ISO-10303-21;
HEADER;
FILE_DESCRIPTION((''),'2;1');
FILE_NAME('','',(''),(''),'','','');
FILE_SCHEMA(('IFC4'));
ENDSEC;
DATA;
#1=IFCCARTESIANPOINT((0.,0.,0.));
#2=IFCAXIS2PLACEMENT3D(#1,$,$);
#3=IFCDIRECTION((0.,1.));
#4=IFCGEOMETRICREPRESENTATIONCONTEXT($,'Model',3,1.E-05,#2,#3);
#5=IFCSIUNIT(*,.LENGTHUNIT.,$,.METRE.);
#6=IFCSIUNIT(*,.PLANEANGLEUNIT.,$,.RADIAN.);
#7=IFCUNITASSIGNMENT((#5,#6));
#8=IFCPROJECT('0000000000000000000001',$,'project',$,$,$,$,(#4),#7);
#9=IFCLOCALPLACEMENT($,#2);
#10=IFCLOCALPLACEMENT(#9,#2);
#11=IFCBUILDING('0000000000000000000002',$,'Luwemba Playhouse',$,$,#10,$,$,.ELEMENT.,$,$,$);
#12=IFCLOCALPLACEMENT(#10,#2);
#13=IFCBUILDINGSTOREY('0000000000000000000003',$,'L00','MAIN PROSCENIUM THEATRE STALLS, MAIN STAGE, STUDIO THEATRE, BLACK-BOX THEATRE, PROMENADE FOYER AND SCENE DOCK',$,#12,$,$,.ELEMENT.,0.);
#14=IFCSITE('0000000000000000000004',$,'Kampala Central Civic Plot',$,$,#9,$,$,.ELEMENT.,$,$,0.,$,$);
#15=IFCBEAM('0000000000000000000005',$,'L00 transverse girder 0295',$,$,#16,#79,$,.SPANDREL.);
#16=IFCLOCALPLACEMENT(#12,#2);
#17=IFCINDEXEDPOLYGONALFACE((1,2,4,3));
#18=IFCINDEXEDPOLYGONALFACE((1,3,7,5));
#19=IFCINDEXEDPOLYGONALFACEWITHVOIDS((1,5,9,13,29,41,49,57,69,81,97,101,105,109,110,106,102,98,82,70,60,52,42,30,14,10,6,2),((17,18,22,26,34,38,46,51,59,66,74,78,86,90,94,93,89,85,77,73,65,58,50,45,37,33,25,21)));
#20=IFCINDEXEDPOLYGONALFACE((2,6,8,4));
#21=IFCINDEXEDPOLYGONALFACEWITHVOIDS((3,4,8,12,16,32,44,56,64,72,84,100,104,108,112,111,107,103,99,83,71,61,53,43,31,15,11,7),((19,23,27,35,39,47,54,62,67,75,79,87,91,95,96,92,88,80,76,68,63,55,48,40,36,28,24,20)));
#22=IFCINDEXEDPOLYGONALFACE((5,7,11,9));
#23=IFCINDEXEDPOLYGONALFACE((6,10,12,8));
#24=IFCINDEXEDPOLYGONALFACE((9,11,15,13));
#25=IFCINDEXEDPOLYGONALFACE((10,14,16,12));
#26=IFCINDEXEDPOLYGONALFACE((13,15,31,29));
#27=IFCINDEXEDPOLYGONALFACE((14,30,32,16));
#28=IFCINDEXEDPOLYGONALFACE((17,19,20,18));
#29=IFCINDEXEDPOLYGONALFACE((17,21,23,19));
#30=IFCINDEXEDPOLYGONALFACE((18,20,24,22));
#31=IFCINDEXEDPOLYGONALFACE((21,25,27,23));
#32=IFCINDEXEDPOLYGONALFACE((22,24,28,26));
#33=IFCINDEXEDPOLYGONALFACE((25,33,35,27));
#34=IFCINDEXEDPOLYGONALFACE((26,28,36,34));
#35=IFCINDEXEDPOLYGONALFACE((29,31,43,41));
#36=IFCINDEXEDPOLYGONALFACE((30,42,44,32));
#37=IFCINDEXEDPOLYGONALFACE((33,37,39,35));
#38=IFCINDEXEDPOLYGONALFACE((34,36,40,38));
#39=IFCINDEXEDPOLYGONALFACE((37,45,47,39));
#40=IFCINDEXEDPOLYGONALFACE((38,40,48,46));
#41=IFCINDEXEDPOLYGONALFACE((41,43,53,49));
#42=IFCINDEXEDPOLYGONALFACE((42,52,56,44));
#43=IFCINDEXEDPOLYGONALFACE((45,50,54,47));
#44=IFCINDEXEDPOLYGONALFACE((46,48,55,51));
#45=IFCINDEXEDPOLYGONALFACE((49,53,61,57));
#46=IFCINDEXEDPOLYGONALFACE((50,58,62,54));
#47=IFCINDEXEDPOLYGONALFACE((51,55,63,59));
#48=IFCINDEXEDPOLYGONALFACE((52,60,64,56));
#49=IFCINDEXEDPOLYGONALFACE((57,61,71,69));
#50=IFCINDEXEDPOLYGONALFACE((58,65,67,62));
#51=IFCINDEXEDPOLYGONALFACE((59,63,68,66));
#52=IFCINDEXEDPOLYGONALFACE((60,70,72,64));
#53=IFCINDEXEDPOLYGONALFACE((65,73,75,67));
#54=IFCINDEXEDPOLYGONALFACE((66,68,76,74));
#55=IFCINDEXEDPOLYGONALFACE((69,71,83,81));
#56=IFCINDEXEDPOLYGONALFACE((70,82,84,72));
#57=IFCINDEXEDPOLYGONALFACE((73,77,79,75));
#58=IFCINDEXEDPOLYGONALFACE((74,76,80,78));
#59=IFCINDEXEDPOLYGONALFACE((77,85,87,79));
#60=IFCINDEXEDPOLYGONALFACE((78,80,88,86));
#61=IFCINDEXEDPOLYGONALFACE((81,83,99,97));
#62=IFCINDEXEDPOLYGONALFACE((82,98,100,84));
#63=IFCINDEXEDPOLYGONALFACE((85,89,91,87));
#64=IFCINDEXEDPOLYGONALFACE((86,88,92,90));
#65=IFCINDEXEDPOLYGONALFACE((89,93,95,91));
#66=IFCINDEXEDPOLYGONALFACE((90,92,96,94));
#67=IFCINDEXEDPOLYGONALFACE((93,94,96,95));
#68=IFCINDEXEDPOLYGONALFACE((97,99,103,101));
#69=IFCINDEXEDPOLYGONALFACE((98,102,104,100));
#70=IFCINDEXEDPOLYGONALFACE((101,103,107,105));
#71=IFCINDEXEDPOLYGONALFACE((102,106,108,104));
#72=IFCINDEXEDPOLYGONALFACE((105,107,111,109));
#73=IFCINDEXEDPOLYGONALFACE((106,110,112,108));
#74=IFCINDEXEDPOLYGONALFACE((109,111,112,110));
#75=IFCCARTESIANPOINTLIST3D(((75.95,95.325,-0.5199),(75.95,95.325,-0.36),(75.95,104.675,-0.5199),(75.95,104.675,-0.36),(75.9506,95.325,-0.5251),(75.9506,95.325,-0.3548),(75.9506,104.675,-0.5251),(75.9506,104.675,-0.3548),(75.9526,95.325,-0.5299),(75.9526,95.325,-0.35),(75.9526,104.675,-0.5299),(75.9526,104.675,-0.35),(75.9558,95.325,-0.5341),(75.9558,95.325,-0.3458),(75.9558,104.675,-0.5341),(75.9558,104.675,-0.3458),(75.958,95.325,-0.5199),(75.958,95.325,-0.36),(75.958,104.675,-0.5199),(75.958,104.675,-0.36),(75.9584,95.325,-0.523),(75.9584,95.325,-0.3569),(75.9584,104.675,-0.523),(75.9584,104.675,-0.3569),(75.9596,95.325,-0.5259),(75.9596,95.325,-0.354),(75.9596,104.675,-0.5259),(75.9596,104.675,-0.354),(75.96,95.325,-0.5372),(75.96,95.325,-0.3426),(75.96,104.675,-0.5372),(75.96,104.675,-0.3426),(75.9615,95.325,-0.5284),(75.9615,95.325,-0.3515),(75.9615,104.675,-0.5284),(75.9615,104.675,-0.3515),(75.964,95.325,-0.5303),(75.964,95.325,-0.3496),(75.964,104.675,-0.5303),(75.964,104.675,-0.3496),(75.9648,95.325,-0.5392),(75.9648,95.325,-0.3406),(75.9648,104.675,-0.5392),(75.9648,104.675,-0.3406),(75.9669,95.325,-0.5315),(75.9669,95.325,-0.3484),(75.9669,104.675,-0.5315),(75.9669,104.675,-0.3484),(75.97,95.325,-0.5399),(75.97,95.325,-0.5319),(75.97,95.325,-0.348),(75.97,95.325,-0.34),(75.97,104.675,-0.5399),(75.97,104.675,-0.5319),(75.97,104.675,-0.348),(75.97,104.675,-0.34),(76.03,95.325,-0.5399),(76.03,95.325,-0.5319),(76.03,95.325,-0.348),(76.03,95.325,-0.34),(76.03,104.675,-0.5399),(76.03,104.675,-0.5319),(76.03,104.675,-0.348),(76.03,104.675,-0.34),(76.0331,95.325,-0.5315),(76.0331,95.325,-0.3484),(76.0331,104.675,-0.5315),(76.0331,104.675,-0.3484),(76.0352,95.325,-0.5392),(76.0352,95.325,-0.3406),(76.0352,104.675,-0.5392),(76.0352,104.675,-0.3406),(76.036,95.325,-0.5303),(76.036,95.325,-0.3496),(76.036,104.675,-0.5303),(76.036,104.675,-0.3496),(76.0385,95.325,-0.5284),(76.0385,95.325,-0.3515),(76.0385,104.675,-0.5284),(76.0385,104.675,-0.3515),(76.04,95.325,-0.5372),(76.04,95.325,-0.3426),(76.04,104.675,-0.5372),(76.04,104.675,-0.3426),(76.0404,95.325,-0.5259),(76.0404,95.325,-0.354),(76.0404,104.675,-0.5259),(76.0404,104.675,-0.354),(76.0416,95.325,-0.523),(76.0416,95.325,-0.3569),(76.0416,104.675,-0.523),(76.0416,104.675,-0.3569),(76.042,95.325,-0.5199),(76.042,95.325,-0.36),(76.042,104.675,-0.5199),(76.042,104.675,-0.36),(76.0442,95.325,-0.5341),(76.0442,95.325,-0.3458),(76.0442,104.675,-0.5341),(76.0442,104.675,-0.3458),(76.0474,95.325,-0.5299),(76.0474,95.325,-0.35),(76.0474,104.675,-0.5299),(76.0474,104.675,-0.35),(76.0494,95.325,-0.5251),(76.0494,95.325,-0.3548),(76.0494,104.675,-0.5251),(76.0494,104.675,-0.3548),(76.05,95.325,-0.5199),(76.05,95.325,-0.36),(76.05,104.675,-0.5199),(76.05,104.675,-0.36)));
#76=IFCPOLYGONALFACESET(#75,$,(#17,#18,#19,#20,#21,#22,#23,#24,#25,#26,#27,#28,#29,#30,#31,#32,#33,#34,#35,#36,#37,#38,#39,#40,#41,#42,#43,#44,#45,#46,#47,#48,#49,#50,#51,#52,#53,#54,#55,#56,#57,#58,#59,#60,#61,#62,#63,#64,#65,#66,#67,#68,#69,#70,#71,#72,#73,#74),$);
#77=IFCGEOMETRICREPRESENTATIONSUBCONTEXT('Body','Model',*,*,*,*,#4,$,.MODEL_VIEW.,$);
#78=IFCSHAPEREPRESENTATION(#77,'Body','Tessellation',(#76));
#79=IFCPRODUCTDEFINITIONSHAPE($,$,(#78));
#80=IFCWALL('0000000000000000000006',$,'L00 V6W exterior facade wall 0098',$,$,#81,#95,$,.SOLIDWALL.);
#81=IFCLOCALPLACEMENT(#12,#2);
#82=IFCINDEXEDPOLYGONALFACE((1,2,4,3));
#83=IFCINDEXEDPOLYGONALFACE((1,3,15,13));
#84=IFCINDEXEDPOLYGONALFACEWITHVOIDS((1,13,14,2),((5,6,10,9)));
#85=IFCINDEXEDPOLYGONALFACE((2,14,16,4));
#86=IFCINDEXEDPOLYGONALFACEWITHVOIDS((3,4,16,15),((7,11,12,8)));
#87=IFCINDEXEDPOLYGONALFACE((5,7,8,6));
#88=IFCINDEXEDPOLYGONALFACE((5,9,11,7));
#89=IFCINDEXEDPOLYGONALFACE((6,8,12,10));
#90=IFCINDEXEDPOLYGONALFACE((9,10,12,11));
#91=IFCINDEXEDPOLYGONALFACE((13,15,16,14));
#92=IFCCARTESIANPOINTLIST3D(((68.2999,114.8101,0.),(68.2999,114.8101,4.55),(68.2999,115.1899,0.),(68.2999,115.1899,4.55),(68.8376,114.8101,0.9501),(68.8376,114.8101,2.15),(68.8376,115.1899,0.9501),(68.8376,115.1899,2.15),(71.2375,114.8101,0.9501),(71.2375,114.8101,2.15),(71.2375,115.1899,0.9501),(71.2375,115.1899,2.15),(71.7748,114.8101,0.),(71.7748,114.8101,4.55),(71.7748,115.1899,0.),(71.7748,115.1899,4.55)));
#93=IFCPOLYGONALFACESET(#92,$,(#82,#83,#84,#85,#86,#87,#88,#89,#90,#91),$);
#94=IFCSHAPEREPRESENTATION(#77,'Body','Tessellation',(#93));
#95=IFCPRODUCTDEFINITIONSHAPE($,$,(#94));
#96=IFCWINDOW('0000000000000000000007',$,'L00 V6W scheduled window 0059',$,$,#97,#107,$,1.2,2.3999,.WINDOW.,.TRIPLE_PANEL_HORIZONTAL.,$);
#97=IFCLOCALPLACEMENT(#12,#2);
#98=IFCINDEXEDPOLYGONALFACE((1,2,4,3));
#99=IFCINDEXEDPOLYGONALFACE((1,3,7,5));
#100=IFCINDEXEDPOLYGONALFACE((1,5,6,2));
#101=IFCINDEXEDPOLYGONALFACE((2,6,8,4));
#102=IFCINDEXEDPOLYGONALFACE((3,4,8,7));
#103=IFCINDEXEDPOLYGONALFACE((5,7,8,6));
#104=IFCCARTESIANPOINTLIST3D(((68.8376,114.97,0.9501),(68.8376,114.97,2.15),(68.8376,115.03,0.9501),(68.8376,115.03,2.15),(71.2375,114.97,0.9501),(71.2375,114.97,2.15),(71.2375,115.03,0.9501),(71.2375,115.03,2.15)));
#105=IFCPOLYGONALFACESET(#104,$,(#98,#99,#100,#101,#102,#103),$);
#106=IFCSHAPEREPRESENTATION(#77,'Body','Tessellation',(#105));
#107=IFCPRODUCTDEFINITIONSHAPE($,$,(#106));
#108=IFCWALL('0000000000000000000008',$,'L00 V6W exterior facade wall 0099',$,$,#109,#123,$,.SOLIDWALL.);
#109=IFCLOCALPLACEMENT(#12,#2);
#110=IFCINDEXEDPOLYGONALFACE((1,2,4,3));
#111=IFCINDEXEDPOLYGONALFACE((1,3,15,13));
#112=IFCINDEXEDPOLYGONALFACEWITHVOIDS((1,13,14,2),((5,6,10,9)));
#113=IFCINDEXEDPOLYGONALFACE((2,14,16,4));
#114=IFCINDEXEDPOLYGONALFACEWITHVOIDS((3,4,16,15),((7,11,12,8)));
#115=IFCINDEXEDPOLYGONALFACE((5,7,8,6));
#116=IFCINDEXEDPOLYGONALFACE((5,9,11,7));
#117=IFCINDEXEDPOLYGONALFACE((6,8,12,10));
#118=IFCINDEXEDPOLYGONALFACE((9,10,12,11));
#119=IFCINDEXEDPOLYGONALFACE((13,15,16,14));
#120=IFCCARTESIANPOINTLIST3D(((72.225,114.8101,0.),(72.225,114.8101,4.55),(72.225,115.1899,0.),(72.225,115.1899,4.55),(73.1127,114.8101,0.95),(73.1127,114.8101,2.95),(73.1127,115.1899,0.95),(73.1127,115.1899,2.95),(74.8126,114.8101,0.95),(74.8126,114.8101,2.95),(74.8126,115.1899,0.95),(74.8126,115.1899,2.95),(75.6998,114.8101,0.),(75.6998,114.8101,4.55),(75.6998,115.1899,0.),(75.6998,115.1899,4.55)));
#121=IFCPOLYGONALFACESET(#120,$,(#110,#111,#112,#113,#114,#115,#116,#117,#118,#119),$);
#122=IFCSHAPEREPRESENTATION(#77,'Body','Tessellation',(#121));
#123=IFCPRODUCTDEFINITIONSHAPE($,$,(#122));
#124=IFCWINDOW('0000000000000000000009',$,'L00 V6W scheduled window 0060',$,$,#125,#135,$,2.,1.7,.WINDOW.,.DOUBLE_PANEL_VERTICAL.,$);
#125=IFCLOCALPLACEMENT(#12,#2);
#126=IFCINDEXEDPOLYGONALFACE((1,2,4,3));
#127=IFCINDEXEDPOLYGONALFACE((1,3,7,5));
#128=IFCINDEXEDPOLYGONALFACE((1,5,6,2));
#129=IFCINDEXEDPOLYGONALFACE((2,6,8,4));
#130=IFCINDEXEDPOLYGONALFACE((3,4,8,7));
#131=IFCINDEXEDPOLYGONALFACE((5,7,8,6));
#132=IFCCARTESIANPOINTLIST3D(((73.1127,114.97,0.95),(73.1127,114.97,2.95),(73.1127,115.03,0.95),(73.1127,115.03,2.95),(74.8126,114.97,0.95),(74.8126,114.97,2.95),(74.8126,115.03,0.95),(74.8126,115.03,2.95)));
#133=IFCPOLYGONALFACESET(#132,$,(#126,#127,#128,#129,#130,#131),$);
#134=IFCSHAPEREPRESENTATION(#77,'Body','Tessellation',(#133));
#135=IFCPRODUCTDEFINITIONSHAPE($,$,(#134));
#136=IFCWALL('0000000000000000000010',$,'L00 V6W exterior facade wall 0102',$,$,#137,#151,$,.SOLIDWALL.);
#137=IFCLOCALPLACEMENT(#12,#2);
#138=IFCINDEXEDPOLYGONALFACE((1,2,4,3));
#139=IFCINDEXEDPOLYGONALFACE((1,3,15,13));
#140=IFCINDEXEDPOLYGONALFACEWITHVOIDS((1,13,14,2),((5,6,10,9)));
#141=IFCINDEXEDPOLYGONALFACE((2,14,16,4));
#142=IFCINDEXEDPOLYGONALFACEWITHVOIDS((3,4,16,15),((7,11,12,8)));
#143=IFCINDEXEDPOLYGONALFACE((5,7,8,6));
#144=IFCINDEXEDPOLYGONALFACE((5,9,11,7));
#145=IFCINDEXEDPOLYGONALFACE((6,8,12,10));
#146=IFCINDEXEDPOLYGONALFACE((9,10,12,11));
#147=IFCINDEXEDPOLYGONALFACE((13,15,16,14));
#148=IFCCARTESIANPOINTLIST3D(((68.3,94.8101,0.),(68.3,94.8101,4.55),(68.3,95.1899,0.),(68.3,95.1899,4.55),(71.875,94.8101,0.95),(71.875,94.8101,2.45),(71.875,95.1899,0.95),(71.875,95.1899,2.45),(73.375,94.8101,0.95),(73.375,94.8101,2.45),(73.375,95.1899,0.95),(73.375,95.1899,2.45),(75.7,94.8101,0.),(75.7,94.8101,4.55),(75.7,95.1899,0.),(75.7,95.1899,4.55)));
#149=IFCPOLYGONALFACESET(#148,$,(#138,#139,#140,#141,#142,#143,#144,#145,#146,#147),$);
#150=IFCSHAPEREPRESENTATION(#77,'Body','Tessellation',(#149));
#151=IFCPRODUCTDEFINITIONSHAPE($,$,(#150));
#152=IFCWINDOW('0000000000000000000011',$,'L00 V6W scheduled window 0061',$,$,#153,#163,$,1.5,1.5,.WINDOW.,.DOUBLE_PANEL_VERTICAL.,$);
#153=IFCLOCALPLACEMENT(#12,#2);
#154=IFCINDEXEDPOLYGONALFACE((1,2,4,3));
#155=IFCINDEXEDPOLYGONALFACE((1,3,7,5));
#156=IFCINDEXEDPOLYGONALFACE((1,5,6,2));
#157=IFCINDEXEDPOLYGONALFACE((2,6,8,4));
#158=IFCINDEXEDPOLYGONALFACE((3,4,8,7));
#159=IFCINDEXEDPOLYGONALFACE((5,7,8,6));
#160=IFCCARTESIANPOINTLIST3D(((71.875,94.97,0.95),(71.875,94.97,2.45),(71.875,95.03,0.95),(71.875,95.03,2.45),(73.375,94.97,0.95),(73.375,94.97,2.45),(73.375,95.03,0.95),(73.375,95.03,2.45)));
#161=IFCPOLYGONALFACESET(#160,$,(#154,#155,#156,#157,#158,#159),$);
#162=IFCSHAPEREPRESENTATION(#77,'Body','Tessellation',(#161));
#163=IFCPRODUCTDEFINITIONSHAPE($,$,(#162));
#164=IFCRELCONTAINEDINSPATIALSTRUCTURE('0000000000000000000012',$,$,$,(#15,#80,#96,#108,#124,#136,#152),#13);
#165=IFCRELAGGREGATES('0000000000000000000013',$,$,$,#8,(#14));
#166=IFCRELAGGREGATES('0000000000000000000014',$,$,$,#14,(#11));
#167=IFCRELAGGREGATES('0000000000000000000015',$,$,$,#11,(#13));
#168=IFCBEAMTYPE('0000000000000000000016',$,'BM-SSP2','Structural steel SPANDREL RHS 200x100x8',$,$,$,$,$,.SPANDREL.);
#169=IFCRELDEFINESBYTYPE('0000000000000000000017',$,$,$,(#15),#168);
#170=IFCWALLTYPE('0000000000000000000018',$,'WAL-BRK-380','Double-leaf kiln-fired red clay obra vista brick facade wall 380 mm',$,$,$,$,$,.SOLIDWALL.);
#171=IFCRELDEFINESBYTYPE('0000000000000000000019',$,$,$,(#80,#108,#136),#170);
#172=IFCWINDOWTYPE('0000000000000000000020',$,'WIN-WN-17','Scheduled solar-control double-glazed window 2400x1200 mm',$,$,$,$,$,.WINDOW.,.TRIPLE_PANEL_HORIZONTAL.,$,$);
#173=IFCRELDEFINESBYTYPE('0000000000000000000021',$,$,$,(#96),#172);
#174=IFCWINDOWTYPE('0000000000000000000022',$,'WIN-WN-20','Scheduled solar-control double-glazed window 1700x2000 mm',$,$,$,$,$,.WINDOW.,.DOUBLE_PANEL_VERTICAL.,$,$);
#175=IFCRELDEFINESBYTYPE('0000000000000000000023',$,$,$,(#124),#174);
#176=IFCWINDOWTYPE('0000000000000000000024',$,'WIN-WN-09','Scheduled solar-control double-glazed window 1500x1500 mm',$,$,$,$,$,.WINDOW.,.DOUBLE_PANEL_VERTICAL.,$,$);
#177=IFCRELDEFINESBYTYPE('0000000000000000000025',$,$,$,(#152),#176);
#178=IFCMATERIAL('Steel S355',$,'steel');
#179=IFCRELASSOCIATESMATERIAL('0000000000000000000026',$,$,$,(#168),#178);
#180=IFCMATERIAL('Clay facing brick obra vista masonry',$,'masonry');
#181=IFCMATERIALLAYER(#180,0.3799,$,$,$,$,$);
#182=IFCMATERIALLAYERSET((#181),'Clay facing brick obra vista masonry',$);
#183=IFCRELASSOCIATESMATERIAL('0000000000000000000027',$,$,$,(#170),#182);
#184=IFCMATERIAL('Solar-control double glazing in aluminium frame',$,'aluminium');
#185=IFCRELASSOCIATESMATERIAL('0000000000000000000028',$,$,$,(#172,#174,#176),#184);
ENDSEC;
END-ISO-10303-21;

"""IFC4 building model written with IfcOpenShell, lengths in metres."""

from ifc_helpers import new_model, si_unit, direction, frame, frame_2d, origin, origin_2d, place, context, subcontext, project, spatial, rectangle, hollow_rectangle, extrude, material, layer, layer_set, material_profile, profile_set, type_object, element, fill, save


model = new_model("IFC4")

# Units and contexts
model_context = context("Model", 3, precision=1e-05, world=origin(), true_north=direction((0.0, 1.0)))
body_context = subcontext(model_context, "Body", "Model", "MODEL_VIEW")
ifc_project = project(units=[si_unit("LENGTHUNIT", "METRE"), si_unit("PLANEANGLEUNIT", "RADIAN")], contexts=[model_context])

# Site, building, storey
site_placement = place(None, origin())
site = spatial("IfcSite", under=ifc_project, at=site_placement, Name="Kampala Central Civic Plot", CompositionType="ELEMENT", RefElevation=0.0)
building_placement = place(site_placement, origin())
building = spatial("IfcBuilding", under=site, at=building_placement, Name="Luwemba Playhouse", CompositionType="ELEMENT")
storey_placement = place(building_placement, origin())
storey = spatial("IfcBuildingStorey", under=building, at=storey_placement, Name="L00", Description="MAIN PROSCENIUM THEATRE STALLS, MAIN STAGE, STUDIO THEATRE, BLACK-BOX THEATRE, PROMENADE FOYER AND SCENE DOCK", CompositionType="ELEMENT", Elevation=0.0)

# Beam
ifc_material_1 = material(Name="Steel S355", Category="steel")
ifc_material_profile_1 = material_profile(ifc_material_1, hollow_rectangle(XDim=0.1001, YDim=0.2, WallThickness=0.0081, InnerFilletRadius=0.012, OuterFilletRadius=0.02, at=origin_2d()))
ifc_profile_set_1 = profile_set([ifc_material_profile_1], Name="Steel S355")
beam_type_1 = type_object("IfcBeamType", Name="BM-SSP2", Description="Structural steel SPANDREL RHS 200x100x8", PredefinedType="SPANDREL", material=ifc_profile_set_1)
beam_1_placement = place(storey_placement, frame((76.0, 95.325, -0.4399), z_axis=(0.0, 1.0, 0.0), x_axis=(-1.0, 0.0, 0.0)))
element("IfcBeam", 1, at=beam_1_placement, inside=storey, type_object=beam_type_1, Name="L00 transverse girder 0295", PredefinedType="SPANDREL", context=body_context, shape_type="SweptSolid", body=[
    extrude(hollow_rectangle(XDim=0.1001, YDim=0.2, WallThickness=0.0081, InnerFilletRadius=0.012, OuterFilletRadius=0.02, at=origin_2d()), origin(), (0.0, 0.0, 1.0), 9.3501),
])

# Walls, openings, windows
ifc_material_2 = material(Name="Clay facing brick obra vista masonry", Category="masonry")
ifc_layer_1 = layer(ifc_material_2, 0.3799)
ifc_layer_set_1 = layer_set([ifc_layer_1], Name="Clay facing brick obra vista masonry")
wall_type_1 = type_object("IfcWallType", Name="WAL-BRK-380", Description="Double-leaf kiln-fired red clay obra vista brick facade wall 380 mm", PredefinedType="SOLIDWALL", material=ifc_layer_set_1)
wall_1_placement = place(storey_placement, frame((68.3, 115.0, 0.0), z_axis=(0.0, 0.0, 1.0), x_axis=(1.0, 0.0, 0.0)))
wall_1 = element("IfcWall", 2, at=wall_1_placement, inside=storey, type_object=wall_type_1, Name="L00 V6W exterior facade wall 0098", PredefinedType="SOLIDWALL", context=body_context, shape_type="SweptSolid", body=[
    extrude(rectangle(XDim=3.4749, YDim=0.3799, at=frame_2d((1.7373, 0.0))), origin(), (0.0, 0.0, 1.0), 4.55),
])
opening_1_placement = place(wall_1_placement, frame((0.5376, 0.0, 0.95)))
opening_1 = element("IfcOpeningElement", 3, at=opening_1_placement, cuts=wall_1, PredefinedType="OPENING", context=body_context, shape_type="SweptSolid", body=[
    extrude(rectangle(XDim=2.3999, YDim=1.2, at=frame_2d((1.2, 0.6001))), frame((0.0, 0.2, 0.0), z_axis=(0.0, -1.0, 0.0), x_axis=(1.0, 0.0, 0.0)), (0.0, 0.0, 1.0), 0.3999),
])
ifc_material_3 = material(Name="Solar-control double glazing in aluminium frame", Category="aluminium")
window_type_1 = type_object("IfcWindowType", Name="WIN-WN-17", Description="Scheduled solar-control double-glazed window 2400x1200 mm", PartitioningType="TRIPLE_PANEL_HORIZONTAL", PredefinedType="WINDOW", material=ifc_material_3)
window_1_placement = place(opening_1_placement, origin())
window_1 = element("IfcWindow", 4, at=window_1_placement, inside=storey, type_object=window_type_1, Name="L00 V6W scheduled window 0059", OverallHeight=1.2, OverallWidth=2.3999, PartitioningType="TRIPLE_PANEL_HORIZONTAL", PredefinedType="WINDOW", context=body_context, shape_type="SweptSolid", body=[
    extrude(rectangle(XDim=2.3999, YDim=1.2, at=frame_2d((1.2, 0.6001))), frame((0.0, 0.03, 0.0), z_axis=(0.0, -1.0, 0.0), x_axis=(1.0, 0.0, 0.0)), (0.0, 0.0, 1.0), 0.0601),
])
fill(opening_1, window_1)
wall_2_placement = place(storey_placement, frame((72.2251, 115.0, 0.0), z_axis=(0.0, 0.0, 1.0), x_axis=(1.0, 0.0, 0.0)))
wall_2 = element("IfcWall", 5, at=wall_2_placement, inside=storey, type_object=wall_type_1, Name="L00 V6W exterior facade wall 0099", PredefinedType="SOLIDWALL", context=body_context, shape_type="SweptSolid", body=[
    extrude(rectangle(XDim=3.4749, YDim=0.3799, at=frame_2d((1.7373, 0.0))), origin(), (0.0, 0.0, 1.0), 4.55),
])
opening_2_placement = place(wall_2_placement, frame((0.8875, 0.0, 0.95)))
opening_2 = element("IfcOpeningElement", 6, at=opening_2_placement, cuts=wall_2, PredefinedType="OPENING", context=body_context, shape_type="SweptSolid", body=[
    extrude(rectangle(XDim=1.7, YDim=2.0, at=frame_2d((0.8501, 1.0))), frame((0.0, 0.2, 0.0), z_axis=(0.0, -1.0, 0.0), x_axis=(1.0, 0.0, 0.0)), (0.0, 0.0, 1.0), 0.3999),
])
window_type_2 = type_object("IfcWindowType", Name="WIN-WN-20", Description="Scheduled solar-control double-glazed window 1700x2000 mm", PartitioningType="DOUBLE_PANEL_VERTICAL", PredefinedType="WINDOW", material=ifc_material_3)
window_2_placement = place(opening_2_placement, origin())
window_2 = element("IfcWindow", 7, at=window_2_placement, inside=storey, type_object=window_type_2, Name="L00 V6W scheduled window 0060", OverallHeight=2.0, OverallWidth=1.7, PartitioningType="DOUBLE_PANEL_VERTICAL", PredefinedType="WINDOW", context=body_context, shape_type="SweptSolid", body=[
    extrude(rectangle(XDim=1.7, YDim=2.0, at=frame_2d((0.8501, 1.0))), frame((0.0, 0.03, 0.0), z_axis=(0.0, -1.0, 0.0), x_axis=(1.0, 0.0, 0.0)), (0.0, 0.0, 1.0), 0.0601),
])
fill(opening_2, window_2)

# Wall, opening, window
wall_3_placement = place(storey_placement, frame((75.7, 95.0, 0.0), z_axis=(0.0, 0.0, 1.0), x_axis=(-1.0, 0.0, 0.0)))
wall_3 = element("IfcWall", 8, at=wall_3_placement, inside=storey, type_object=wall_type_1, Name="L00 V6W exterior facade wall 0102", PredefinedType="SOLIDWALL", context=body_context, shape_type="SweptSolid", body=[
    extrude(rectangle(XDim=7.3999, YDim=0.3799, at=frame_2d((3.7, 0.0))), origin(), (0.0, 0.0, 1.0), 4.55),
])
opening_3_placement = place(wall_3_placement, frame((2.325, 0.0, 0.95)))
opening_3 = element("IfcOpeningElement", 9, at=opening_3_placement, cuts=wall_3, PredefinedType="OPENING", context=body_context, shape_type="SweptSolid", body=[
    extrude(rectangle(XDim=1.5, YDim=1.5, at=frame_2d((0.75, 0.75))), frame((0.0, 0.2, 0.0), z_axis=(0.0, -1.0, 0.0), x_axis=(1.0, 0.0, 0.0)), (0.0, 0.0, 1.0), 0.3999),
])
window_type_3 = type_object("IfcWindowType", Name="WIN-WN-09", Description="Scheduled solar-control double-glazed window 1500x1500 mm", PartitioningType="DOUBLE_PANEL_VERTICAL", PredefinedType="WINDOW", material=ifc_material_3)
window_3_placement = place(opening_3_placement, origin())
window_3 = element("IfcWindow", 10, at=window_3_placement, inside=storey, type_object=window_type_3, Name="L00 V6W scheduled window 0061", OverallHeight=1.5, OverallWidth=1.5, PartitioningType="DOUBLE_PANEL_VERTICAL", PredefinedType="WINDOW", context=body_context, shape_type="SweptSolid", body=[
    extrude(rectangle(XDim=1.5, YDim=1.5, at=frame_2d((0.75, 0.75))), frame((0.0, 0.03, 0.0), z_axis=(0.0, -1.0, 0.0), x_axis=(1.0, 0.0, 0.0)), (0.0, 0.0, 1.0), 0.0601),
])
fill(opening_3, window_3)

save(model, "model.ifc")
